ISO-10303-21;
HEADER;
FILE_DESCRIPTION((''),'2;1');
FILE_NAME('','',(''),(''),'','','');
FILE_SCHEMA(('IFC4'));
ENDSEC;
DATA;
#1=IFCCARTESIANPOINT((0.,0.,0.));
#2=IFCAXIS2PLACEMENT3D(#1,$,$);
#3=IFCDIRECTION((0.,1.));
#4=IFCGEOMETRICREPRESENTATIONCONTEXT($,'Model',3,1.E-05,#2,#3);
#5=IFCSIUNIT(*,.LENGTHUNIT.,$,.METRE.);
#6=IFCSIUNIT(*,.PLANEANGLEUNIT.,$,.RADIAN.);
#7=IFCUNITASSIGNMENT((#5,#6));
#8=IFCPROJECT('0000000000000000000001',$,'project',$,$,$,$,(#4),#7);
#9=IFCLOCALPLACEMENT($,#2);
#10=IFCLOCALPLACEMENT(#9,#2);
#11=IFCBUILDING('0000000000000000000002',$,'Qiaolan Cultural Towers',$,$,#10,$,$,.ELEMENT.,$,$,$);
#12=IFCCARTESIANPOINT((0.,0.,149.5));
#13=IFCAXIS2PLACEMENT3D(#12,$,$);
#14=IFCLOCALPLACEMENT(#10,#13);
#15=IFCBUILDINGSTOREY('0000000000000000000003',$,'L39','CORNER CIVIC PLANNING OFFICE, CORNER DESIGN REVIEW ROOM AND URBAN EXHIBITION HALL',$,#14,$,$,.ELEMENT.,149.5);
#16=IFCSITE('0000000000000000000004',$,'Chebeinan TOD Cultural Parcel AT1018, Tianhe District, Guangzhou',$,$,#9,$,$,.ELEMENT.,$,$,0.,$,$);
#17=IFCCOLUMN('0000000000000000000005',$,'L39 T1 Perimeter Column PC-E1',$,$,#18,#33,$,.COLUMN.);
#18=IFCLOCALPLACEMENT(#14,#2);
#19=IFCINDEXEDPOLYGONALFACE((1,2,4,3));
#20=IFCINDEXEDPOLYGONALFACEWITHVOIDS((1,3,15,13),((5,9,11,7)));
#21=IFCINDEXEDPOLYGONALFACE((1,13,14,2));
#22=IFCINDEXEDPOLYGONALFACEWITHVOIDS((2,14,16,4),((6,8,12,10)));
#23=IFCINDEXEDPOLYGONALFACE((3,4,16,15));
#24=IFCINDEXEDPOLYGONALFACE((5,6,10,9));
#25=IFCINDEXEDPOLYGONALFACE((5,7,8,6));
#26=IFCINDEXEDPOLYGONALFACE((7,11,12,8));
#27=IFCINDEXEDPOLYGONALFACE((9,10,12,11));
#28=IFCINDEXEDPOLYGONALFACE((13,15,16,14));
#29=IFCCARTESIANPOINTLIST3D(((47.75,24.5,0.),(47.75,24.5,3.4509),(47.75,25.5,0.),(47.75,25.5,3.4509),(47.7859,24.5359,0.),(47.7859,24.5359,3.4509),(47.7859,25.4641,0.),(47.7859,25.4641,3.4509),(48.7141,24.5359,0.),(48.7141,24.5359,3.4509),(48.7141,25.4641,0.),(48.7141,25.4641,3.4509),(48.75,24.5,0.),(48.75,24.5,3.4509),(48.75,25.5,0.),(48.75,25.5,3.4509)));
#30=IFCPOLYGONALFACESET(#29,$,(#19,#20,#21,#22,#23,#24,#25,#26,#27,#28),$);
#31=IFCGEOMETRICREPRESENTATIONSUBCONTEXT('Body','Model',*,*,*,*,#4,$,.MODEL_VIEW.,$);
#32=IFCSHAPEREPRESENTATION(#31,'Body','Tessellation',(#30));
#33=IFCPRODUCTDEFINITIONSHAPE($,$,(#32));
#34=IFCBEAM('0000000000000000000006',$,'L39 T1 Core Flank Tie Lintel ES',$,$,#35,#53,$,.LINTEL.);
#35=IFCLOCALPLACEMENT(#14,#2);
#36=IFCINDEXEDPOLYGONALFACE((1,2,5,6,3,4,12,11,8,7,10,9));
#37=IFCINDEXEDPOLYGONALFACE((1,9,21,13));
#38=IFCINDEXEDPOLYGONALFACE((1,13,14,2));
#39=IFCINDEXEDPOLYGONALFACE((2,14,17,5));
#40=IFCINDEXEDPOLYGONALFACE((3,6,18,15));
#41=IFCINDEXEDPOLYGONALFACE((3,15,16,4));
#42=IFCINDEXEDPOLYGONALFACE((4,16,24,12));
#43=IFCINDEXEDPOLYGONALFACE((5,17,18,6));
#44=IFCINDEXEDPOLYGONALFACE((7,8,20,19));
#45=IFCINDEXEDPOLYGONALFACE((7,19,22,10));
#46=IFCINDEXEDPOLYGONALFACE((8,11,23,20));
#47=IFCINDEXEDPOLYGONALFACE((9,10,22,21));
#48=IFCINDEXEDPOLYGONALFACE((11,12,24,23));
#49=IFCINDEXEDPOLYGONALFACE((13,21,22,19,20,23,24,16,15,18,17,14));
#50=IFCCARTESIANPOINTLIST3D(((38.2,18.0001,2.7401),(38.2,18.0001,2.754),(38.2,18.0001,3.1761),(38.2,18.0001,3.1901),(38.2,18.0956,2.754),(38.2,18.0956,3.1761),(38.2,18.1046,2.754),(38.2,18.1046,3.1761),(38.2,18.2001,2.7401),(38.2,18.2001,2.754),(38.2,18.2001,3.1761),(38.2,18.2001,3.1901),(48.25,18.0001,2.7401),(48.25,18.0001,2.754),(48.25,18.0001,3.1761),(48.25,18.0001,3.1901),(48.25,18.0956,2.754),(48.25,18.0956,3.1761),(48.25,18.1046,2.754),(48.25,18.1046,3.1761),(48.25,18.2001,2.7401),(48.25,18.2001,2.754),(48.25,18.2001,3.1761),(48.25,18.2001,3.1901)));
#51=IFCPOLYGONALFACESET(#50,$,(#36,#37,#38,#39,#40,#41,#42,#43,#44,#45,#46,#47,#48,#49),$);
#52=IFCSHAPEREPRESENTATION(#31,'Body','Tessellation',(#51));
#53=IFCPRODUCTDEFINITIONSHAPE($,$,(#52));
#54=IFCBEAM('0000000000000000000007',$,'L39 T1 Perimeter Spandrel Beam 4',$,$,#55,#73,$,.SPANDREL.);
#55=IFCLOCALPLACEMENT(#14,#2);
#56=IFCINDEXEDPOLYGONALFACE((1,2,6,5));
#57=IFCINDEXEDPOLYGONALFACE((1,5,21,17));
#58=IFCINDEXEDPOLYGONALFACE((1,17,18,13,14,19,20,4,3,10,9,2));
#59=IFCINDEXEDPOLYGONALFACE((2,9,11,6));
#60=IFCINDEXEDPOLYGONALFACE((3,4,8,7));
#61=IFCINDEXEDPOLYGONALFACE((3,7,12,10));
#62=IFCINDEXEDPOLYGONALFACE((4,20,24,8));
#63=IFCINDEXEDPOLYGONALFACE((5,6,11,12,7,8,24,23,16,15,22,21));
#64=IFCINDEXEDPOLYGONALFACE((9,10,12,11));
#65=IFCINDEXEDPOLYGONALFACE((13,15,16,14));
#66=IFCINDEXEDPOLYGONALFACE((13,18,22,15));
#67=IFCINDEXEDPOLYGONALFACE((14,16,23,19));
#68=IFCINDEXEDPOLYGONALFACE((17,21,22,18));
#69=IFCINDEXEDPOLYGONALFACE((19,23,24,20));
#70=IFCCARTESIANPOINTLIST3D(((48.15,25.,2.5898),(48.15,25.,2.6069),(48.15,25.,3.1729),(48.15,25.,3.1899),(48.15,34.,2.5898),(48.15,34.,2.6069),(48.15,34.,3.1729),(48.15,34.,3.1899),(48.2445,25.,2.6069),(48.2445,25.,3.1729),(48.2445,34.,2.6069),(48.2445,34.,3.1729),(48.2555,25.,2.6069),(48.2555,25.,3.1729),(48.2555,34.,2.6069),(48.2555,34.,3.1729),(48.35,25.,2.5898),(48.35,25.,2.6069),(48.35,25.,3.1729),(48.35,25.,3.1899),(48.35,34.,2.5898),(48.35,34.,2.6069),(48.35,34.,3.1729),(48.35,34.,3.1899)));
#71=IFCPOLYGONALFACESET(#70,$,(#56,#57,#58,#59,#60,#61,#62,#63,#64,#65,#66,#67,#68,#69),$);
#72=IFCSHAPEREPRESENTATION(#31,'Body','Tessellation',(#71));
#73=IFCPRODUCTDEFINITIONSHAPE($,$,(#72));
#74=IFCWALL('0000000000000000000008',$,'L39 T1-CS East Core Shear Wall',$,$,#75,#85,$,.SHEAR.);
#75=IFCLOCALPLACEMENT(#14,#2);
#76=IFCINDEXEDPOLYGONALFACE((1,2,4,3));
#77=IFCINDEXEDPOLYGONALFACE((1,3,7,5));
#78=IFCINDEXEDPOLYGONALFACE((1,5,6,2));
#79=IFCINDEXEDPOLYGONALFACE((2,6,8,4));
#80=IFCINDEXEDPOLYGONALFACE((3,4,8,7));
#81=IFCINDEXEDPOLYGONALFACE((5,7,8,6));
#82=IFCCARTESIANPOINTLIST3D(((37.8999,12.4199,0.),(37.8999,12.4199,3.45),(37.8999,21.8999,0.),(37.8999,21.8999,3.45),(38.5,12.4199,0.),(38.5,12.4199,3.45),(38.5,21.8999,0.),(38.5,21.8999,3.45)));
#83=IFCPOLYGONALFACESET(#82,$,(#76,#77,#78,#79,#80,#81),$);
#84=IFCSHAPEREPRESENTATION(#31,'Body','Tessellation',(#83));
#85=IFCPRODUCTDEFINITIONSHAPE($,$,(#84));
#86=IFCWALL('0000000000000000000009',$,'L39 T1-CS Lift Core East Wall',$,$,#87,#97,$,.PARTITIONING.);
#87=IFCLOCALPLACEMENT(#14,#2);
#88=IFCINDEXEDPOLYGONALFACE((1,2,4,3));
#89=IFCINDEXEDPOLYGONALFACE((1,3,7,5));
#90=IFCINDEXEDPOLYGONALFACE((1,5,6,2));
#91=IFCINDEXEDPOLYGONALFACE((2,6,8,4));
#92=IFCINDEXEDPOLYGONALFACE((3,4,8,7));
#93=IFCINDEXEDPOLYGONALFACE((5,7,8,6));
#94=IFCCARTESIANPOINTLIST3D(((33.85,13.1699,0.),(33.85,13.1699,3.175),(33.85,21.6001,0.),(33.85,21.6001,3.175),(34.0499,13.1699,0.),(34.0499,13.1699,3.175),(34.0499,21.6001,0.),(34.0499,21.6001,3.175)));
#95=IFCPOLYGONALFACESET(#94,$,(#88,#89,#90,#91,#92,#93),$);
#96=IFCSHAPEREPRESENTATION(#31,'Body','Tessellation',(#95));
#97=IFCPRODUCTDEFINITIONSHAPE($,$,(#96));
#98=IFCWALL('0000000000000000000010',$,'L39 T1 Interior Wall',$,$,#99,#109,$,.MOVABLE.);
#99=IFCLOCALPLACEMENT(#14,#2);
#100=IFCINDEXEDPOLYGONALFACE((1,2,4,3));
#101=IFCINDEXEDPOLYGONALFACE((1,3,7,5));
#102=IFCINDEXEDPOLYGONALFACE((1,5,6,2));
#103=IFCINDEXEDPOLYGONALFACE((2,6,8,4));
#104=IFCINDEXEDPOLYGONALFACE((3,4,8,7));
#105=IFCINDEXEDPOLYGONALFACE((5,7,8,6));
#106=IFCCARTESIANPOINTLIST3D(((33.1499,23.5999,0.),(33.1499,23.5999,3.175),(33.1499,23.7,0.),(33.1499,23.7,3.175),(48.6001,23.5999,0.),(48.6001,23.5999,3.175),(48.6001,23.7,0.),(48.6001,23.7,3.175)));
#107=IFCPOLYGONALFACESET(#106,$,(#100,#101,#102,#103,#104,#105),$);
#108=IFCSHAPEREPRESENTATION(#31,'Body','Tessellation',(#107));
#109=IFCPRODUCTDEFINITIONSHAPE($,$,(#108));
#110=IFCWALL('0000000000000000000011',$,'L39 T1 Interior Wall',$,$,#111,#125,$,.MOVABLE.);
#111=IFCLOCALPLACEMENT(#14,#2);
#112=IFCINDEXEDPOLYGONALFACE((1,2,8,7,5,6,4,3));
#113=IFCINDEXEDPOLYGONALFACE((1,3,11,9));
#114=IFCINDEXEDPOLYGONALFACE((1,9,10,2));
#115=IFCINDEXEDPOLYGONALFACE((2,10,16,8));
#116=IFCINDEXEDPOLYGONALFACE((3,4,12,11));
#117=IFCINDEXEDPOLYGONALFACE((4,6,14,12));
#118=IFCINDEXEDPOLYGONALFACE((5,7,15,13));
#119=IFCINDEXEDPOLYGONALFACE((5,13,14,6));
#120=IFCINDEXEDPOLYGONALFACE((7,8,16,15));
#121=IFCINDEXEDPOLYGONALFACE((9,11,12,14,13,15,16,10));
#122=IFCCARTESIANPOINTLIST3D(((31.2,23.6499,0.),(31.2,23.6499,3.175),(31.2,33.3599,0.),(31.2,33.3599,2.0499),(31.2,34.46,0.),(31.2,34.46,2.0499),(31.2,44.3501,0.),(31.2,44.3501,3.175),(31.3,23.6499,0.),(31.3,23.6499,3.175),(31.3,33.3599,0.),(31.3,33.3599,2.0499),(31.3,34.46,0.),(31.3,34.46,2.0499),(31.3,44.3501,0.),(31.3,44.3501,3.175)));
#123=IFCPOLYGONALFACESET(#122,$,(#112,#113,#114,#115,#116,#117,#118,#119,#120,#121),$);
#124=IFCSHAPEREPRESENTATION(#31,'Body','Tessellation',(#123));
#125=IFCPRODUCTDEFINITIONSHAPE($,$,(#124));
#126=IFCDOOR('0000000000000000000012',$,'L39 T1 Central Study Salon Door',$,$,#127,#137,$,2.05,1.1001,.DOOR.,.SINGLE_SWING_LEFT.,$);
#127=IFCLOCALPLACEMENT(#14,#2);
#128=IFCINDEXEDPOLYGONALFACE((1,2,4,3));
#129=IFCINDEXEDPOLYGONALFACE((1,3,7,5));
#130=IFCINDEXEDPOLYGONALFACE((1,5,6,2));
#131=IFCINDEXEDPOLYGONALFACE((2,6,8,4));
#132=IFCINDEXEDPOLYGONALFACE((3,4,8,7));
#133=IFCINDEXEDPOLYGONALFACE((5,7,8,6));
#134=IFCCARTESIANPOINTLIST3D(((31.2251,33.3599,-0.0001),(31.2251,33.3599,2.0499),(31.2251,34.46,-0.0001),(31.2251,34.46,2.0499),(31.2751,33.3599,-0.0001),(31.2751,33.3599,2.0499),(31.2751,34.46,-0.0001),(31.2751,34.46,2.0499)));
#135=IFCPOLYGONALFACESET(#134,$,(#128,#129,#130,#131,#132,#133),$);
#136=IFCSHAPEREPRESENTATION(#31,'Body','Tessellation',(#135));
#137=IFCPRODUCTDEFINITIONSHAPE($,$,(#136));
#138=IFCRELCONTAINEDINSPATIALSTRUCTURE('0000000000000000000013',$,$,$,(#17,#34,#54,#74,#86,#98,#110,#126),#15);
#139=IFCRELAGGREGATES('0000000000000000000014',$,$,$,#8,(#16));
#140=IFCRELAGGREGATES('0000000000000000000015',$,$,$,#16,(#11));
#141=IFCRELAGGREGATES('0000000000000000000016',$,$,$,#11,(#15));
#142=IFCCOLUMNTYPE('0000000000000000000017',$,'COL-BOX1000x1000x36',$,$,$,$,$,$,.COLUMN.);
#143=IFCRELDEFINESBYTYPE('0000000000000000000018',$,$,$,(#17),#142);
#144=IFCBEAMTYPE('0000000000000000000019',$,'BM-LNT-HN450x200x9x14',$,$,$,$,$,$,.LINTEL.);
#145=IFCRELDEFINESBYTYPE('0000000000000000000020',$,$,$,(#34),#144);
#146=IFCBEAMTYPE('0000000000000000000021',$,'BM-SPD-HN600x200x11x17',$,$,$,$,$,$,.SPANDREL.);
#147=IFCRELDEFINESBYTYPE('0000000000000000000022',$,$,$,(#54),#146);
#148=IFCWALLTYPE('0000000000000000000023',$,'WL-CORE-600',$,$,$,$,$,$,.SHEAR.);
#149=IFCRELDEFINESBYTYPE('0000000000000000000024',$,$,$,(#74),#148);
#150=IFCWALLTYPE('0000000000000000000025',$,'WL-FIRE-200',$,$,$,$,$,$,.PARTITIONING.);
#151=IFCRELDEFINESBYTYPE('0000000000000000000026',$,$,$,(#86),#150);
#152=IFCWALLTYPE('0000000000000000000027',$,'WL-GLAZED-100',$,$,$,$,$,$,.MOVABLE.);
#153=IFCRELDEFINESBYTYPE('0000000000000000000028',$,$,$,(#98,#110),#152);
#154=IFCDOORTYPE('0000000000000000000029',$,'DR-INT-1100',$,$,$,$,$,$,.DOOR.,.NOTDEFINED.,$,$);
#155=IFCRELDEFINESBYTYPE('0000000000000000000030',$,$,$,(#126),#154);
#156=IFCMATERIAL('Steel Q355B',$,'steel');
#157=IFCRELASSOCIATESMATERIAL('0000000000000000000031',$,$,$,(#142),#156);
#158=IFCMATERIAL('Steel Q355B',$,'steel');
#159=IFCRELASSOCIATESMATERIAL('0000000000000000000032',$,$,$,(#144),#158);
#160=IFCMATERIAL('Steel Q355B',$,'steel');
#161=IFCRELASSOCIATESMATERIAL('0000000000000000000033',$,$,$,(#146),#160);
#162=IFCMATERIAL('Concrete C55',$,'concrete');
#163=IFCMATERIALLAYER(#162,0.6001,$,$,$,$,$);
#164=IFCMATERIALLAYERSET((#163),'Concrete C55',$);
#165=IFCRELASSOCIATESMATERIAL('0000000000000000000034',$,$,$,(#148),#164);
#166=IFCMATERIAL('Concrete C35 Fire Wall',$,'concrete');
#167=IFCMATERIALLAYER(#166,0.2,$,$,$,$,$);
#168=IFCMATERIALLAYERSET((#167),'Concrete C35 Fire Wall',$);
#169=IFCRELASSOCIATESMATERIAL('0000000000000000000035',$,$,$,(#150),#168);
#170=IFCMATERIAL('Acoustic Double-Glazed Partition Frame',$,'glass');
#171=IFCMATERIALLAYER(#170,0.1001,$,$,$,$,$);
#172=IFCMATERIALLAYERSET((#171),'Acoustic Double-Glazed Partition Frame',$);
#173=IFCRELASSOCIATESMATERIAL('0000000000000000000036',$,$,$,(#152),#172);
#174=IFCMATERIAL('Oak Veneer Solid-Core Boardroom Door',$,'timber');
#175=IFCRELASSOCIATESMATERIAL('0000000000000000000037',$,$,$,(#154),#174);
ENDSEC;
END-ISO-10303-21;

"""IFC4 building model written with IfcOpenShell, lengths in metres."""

from ifc_helpers import new_model, si_unit, direction, frame, frame_2d, origin, origin_2d, place, context, subcontext, project, spatial, rectangle, hollow_rectangle, i_section, extrude, material, layer, layer_set, material_profile, profile_set, type_object, element, fill, save


model = new_model("IFC4")

# Units and contexts
model_context = context("Model", 3, precision=1e-05, world=origin(), true_north=direction((0.0, 1.0)))
body_context = subcontext(model_context, "Body", "Model", "MODEL_VIEW")
ifc_project = project(units=[si_unit("LENGTHUNIT", "METRE"), si_unit("PLANEANGLEUNIT", "RADIAN")], contexts=[model_context])

# Site, building, storey
site_placement = place(None, origin())
site = spatial("IfcSite", under=ifc_project, at=site_placement, Name="Chebeinan TOD Cultural Parcel AT1018, Tianhe District, Guangzhou", CompositionType="ELEMENT", RefElevation=0.0)
building_placement = place(site_placement, origin())
building = spatial("IfcBuilding", under=site, at=building_placement, Name="Qiaolan Cultural Towers", CompositionType="ELEMENT")
storey_placement = place(building_placement, frame((0.0, 0.0, 149.5)))
storey = spatial("IfcBuildingStorey", under=building, at=storey_placement, Name="L39", Description="CORNER CIVIC PLANNING OFFICE, CORNER DESIGN REVIEW ROOM AND URBAN EXHIBITION HALL", CompositionType="ELEMENT", Elevation=149.5)

# Column
ifc_material_1 = material(Name="Steel Q355B", Category="steel")
ifc_material_profile_1 = material_profile(ifc_material_1, hollow_rectangle(XDim=1.0, YDim=1.0, WallThickness=0.0359, at=origin_2d()), Name="BOX1000x1000x36")
ifc_profile_set_1 = profile_set([ifc_material_profile_1], Name="Steel Q355B")
column_type = type_object("IfcColumnType", Name="COL-BOX1000x1000x36", PredefinedType="COLUMN", material=ifc_profile_set_1)
column_placement = place(storey_placement, frame((48.25, 25.0, 0.0), z_axis=(0.0, 0.0, 1.0), x_axis=(1.0, 0.0, 0.0)))
element("IfcColumn", 1, at=column_placement, inside=storey, type_object=column_type, Name="L39 T1 Perimeter Column PC-E1", PredefinedType="COLUMN", context=body_context, shape_type="SweptSolid", body=[
    extrude(hollow_rectangle(XDim=1.0, YDim=1.0, WallThickness=0.0359, at=origin_2d()), origin(), (0.0, 0.0, 1.0), 3.4509),
])

# Beams
ifc_material_2 = material(Name="Steel Q355B", Category="steel")
ifc_material_profile_2 = material_profile(ifc_material_2, i_section(OverallWidth=0.2, OverallDepth=0.45, WebThickness=0.009, FlangeThickness=0.0139, at=origin_2d()), Name="HN450x200x9x14")
ifc_profile_set_2 = profile_set([ifc_material_profile_2], Name="Steel Q355B")
beam_type_1 = type_object("IfcBeamType", Name="BM-LNT-HN450x200x9x14", PredefinedType="LINTEL", material=ifc_profile_set_2)
beam_1_placement = place(storey_placement, frame((38.2, 18.1001, 2.9651), z_axis=(1.0, 0.0, 0.0), x_axis=(0.0, 1.0, 0.0)))
element("IfcBeam", 2, at=beam_1_placement, inside=storey, type_object=beam_type_1, Name="L39 T1 Core Flank Tie Lintel ES", PredefinedType="LINTEL", context=body_context, shape_type="SweptSolid", body=[
    extrude(i_section(OverallWidth=0.2, OverallDepth=0.45, WebThickness=0.009, FlangeThickness=0.0139, at=origin_2d()), origin(), (0.0, 0.0, 1.0), 10.05),
])
ifc_material_3 = material(Name="Steel Q355B", Category="steel")
ifc_material_profile_3 = material_profile(ifc_material_3, i_section(OverallWidth=0.2, OverallDepth=0.6001, WebThickness=0.011, FlangeThickness=0.0171, at=origin_2d()), Name="HN600x200x11x17")
ifc_profile_set_3 = profile_set([ifc_material_profile_3], Name="Steel Q355B")
beam_type_2 = type_object("IfcBeamType", Name="BM-SPD-HN600x200x11x17", PredefinedType="SPANDREL", material=ifc_profile_set_3)
beam_2_placement = place(storey_placement, frame((48.25, 25.0, 2.8899), z_axis=(0.0, 1.0, 0.0), x_axis=(-1.0, 0.0, 0.0)))
element("IfcBeam", 3, at=beam_2_placement, inside=storey, type_object=beam_type_2, Name="L39 T1 Perimeter Spandrel Beam 4", PredefinedType="SPANDREL", context=body_context, shape_type="SweptSolid", body=[
    extrude(i_section(OverallWidth=0.2, OverallDepth=0.6001, WebThickness=0.011, FlangeThickness=0.0171, at=origin_2d()), origin(), (0.0, 0.0, 1.0), 9.0),
])

# Walls
ifc_material_4 = material(Name="Concrete C55", Category="concrete")
ifc_layer_1 = layer(ifc_material_4, 0.6001)
ifc_layer_set_1 = layer_set([ifc_layer_1], Name="Concrete C55")
wall_type_1 = type_object("IfcWallType", Name="WL-CORE-600", PredefinedType="SHEAR", material=ifc_layer_set_1)
wall_1_placement = place(storey_placement, frame((38.2, 21.8999, 0.0), z_axis=(0.0, 0.0, 1.0), x_axis=(0.0, -1.0, 0.0)))
element("IfcWall", 4, at=wall_1_placement, inside=storey, type_object=wall_type_1, Name="L39 T1-CS East Core Shear Wall", PredefinedType="SHEAR", context=body_context, shape_type="SweptSolid", body=[
    extrude(rectangle(XDim=9.48, YDim=0.6001, at=frame_2d((4.74, 0.0))), origin(), (0.0, 0.0, 1.0), 3.45),
])
ifc_material_5 = material(Name="Concrete C35 Fire Wall", Category="concrete")
ifc_layer_2 = layer(ifc_material_5, 0.2)
ifc_layer_set_2 = layer_set([ifc_layer_2], Name="Concrete C35 Fire Wall")
wall_type_2 = type_object("IfcWallType", Name="WL-FIRE-200", PredefinedType="PARTITIONING", material=ifc_layer_set_2)
wall_2_placement = place(storey_placement, frame((33.95, 21.6001, 0.0), z_axis=(0.0, 0.0, 1.0), x_axis=(0.0, -1.0, 0.0)))
element("IfcWall", 5, at=wall_2_placement, inside=storey, type_object=wall_type_2, Name="L39 T1-CS Lift Core East Wall", PredefinedType="PARTITIONING", context=body_context, shape_type="SweptSolid", body=[
    extrude(rectangle(XDim=8.4302, YDim=0.2, at=frame_2d((4.2151, 0.0))), origin(), (0.0, 0.0, 1.0), 3.175),
])
ifc_material_6 = material(Name="Acoustic Double-Glazed Partition Frame", Category="glass")
ifc_layer_3 = layer(ifc_material_6, 0.1001)
ifc_layer_set_3 = layer_set([ifc_layer_3], Name="Acoustic Double-Glazed Partition Frame")
wall_type_3 = type_object("IfcWallType", Name="WL-GLAZED-100", PredefinedType="MOVABLE", material=ifc_layer_set_3)
wall_3_placement = place(storey_placement, frame((33.1499, 23.6499, 0.0), z_axis=(0.0, 0.0, 1.0), x_axis=(1.0, 0.0, 0.0)))
element("IfcWall", 6, at=wall_3_placement, inside=storey, type_object=wall_type_3, Name="L39 T1 Interior Wall", PredefinedType="MOVABLE", context=body_context, shape_type="SweptSolid", body=[
    extrude(rectangle(XDim=15.4502, YDim=0.1001, at=frame_2d((7.7251, 0.0))), origin(), (0.0, 0.0, 1.0), 3.175),
])

# Wall, opening, door
wall_4_placement = place(storey_placement, frame((31.25, 23.6499, 0.0), z_axis=(0.0, 0.0, 1.0), x_axis=(0.0, 1.0, 0.0)))
wall_4 = element("IfcWall", 7, at=wall_4_placement, inside=storey, type_object=wall_type_3, Name="L39 T1 Interior Wall", PredefinedType="MOVABLE", context=body_context, shape_type="SweptSolid", body=[
    extrude(rectangle(XDim=20.7002, YDim=0.1001, at=frame_2d((10.3501, 0.0))), origin(), (0.0, 0.0, 1.0), 3.175),
])
opening_1_placement = place(wall_4_placement, frame((9.71, 0.0, 0.0)))
opening_1 = element("IfcOpeningElement", 8, at=opening_1_placement, cuts=wall_4, PredefinedType="OPENING", context=body_context, shape_type="SweptSolid", body=[
    extrude(rectangle(XDim=1.1001, YDim=2.05, at=frame_2d((0.55, 1.0249))), frame((0.0, 0.0601, 0.0), z_axis=(0.0, -1.0, 0.0), x_axis=(1.0, 0.0, 0.0)), (0.0, 0.0, 1.0), 0.1201),
])
ifc_material_7 = material(Name="Oak Veneer Solid-Core Boardroom Door", Category="timber")
door_type_1 = type_object("IfcDoorType", Name="DR-INT-1100", OperationType="NOTDEFINED", PredefinedType="DOOR", material=ifc_material_7)
door_1_placement = place(opening_1_placement, origin())
door_1 = element("IfcDoor", 9, at=door_1_placement, inside=storey, type_object=door_type_1, Name="L39 T1 Central Study Salon Door", OperationType="SINGLE_SWING_LEFT", OverallHeight=2.05, OverallWidth=1.1001, PredefinedType="DOOR", context=body_context, shape_type="SweptSolid", body=[
    extrude(rectangle(XDim=1.1001, YDim=2.05, at=frame_2d((0.55, 1.0249))), frame((0.0, 0.0249, 0.0), z_axis=(0.0, -1.0, 0.0), x_axis=(1.0, 0.0, 0.0)), (0.0, 0.0, 1.0), 0.05),
])
fill(opening_1, door_1)

save(model, "model.ifc")
